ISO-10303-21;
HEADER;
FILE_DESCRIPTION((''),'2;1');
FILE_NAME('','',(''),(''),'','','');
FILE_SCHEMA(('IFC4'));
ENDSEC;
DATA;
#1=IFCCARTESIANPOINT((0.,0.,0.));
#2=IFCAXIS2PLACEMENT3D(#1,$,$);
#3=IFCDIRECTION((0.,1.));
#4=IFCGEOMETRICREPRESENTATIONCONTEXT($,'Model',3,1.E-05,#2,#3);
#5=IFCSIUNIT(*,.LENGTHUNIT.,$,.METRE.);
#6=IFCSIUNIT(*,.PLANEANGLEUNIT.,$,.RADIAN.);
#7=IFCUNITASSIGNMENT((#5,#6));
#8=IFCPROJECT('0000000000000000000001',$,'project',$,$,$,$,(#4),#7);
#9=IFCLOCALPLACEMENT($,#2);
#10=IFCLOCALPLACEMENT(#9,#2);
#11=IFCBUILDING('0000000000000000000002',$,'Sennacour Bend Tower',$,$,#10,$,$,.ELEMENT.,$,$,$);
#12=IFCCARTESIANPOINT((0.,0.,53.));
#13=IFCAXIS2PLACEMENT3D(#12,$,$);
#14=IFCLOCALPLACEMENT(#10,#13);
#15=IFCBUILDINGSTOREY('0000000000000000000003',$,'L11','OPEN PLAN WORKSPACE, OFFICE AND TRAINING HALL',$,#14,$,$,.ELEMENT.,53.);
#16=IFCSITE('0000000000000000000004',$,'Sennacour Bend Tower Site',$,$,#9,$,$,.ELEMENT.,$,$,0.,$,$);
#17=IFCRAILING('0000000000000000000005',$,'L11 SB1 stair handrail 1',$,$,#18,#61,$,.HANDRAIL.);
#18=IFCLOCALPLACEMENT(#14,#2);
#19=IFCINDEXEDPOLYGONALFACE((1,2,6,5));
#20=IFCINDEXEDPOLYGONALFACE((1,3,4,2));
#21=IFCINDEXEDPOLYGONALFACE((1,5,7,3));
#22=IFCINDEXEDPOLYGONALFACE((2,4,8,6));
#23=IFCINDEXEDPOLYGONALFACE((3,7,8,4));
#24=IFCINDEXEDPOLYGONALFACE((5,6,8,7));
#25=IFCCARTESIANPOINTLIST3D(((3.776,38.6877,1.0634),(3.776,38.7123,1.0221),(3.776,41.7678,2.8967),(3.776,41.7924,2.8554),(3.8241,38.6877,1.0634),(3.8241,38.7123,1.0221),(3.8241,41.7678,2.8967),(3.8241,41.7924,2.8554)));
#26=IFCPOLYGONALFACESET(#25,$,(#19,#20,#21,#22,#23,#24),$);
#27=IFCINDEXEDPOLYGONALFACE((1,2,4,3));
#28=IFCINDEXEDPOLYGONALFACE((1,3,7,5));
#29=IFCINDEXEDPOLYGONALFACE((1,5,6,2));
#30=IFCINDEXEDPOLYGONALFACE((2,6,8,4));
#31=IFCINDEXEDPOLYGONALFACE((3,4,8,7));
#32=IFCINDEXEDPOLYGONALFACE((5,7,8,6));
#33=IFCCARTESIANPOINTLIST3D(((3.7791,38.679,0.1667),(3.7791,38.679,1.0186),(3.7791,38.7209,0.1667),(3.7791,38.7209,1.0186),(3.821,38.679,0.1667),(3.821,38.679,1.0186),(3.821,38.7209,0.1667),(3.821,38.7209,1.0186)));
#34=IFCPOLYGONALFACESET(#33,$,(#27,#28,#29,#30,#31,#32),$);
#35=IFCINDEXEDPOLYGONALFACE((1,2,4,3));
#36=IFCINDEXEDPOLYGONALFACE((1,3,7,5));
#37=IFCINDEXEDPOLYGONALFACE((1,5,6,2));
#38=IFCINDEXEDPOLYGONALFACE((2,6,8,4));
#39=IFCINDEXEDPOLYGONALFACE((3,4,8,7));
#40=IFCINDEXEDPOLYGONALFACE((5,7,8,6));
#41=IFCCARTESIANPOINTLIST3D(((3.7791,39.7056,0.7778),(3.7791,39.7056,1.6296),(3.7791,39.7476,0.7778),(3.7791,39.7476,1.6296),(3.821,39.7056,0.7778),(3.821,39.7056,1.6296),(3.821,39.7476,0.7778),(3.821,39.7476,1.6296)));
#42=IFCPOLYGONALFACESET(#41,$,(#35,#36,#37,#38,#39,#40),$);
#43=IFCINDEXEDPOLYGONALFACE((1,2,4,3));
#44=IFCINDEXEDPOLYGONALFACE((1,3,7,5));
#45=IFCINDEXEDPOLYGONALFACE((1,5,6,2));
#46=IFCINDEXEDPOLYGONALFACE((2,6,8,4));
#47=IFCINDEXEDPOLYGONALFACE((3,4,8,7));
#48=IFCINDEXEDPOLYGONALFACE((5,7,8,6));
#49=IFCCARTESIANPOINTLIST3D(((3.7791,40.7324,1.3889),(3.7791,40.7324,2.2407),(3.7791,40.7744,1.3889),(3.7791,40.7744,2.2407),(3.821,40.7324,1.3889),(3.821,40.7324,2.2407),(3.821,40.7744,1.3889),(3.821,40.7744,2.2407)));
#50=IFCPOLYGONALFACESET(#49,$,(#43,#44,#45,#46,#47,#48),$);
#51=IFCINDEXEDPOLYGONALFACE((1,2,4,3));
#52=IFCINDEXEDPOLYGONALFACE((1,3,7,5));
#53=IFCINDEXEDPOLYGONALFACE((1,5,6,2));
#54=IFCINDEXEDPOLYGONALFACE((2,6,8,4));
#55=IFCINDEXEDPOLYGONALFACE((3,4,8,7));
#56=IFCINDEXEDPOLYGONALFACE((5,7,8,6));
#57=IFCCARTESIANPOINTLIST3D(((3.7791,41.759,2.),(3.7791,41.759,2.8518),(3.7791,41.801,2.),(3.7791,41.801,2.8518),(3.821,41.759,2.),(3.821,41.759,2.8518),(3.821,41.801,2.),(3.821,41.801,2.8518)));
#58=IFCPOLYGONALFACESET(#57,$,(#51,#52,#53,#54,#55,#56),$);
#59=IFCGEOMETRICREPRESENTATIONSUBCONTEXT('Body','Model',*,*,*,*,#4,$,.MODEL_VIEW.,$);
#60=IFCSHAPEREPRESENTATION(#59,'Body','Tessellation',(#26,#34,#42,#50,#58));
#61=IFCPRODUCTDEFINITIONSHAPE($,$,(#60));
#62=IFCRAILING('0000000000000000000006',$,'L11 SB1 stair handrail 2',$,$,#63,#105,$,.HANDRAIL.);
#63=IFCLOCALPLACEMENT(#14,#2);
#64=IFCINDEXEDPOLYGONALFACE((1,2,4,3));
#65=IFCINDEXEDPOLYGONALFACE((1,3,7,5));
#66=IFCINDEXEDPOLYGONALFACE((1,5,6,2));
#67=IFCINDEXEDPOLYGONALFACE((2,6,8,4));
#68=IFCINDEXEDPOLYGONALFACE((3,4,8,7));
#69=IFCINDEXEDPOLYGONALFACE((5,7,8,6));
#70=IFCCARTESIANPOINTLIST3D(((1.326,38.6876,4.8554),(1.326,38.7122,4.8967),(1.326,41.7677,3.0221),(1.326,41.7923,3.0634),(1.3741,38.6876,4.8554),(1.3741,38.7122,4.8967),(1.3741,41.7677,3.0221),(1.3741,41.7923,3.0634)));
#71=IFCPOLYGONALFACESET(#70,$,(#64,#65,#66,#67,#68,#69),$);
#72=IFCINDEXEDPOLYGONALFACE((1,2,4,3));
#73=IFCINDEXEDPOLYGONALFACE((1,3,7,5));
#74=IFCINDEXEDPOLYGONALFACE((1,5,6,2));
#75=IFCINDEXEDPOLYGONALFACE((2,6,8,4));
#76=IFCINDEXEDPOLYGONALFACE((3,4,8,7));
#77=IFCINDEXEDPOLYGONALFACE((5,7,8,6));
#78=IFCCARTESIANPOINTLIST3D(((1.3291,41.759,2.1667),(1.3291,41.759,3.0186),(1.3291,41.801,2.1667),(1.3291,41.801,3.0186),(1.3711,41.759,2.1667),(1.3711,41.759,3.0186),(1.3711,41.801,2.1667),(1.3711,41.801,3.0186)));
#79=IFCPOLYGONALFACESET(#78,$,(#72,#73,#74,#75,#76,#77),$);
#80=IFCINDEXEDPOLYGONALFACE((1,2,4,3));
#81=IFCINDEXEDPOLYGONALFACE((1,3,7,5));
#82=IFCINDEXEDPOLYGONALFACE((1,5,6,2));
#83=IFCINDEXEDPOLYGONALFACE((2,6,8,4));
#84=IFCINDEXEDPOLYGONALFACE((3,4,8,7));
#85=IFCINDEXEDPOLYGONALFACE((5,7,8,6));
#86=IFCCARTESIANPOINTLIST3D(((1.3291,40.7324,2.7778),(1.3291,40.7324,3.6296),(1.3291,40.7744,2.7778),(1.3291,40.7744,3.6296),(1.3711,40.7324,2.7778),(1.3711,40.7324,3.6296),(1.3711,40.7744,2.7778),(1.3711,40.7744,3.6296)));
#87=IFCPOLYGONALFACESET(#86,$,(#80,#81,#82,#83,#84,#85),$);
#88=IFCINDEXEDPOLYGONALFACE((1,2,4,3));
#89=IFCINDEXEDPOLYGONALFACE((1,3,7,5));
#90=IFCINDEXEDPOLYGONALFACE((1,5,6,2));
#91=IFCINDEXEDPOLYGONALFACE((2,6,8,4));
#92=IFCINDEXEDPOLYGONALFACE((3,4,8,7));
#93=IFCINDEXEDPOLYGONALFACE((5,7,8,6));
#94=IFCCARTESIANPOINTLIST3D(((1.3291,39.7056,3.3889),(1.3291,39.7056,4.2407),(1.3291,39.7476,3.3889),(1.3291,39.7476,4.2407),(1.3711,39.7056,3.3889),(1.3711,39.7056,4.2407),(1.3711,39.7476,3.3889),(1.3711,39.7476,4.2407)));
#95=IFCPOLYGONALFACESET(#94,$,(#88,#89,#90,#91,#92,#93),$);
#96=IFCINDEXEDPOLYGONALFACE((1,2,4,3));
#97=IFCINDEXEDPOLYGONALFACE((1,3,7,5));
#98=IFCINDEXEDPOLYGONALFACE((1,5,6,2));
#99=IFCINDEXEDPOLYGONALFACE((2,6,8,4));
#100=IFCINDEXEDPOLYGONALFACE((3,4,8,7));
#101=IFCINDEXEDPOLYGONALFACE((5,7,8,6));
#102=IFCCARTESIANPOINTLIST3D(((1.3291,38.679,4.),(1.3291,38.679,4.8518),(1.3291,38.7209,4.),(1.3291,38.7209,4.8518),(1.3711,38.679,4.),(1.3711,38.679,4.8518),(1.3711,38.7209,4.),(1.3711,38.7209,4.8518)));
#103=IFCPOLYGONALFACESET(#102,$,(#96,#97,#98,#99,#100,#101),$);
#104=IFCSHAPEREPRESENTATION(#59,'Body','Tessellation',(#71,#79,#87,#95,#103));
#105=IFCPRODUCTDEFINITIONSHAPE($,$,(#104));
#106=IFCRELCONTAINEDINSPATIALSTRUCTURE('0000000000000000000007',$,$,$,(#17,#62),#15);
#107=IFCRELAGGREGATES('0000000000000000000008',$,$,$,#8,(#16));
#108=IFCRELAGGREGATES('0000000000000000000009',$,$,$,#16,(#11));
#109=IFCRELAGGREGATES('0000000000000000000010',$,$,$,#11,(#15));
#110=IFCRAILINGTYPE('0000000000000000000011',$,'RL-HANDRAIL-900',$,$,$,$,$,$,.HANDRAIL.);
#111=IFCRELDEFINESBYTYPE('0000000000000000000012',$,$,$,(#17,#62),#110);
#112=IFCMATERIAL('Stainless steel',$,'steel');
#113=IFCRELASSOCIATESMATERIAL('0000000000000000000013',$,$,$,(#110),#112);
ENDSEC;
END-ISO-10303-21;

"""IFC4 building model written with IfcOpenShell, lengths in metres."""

from ifc_helpers import new_model, si_unit, direction, frame, origin, origin_2d, place, context, subcontext, project, spatial, rectangle, extrude, material, type_object, element, save


model = new_model("IFC4")

# Units and contexts
model_context = context("Model", 3, precision=1e-05, world=origin(), true_north=direction((0.0, 1.0)))
body_context = subcontext(model_context, "Body", "Model", "MODEL_VIEW")
ifc_project = project(units=[si_unit("LENGTHUNIT", "METRE"), si_unit("PLANEANGLEUNIT", "RADIAN")], contexts=[model_context])

# Site, building, storey
site_placement = place(None, origin())
site = spatial("IfcSite", under=ifc_project, at=site_placement, Name="Sennacour Bend Tower Site", CompositionType="ELEMENT", RefElevation=0.0)
building_placement = place(site_placement, origin())
building = spatial("IfcBuilding", under=site, at=building_placement, Name="Sennacour Bend Tower", CompositionType="ELEMENT")
storey_placement = place(building_placement, frame((0.0, 0.0, 53.0)))
storey = spatial("IfcBuildingStorey", under=building, at=storey_placement, Name="L11", Description="OPEN PLAN WORKSPACE, OFFICE AND TRAINING HALL", CompositionType="ELEMENT", Elevation=53.0)

# Railings
ifc_material_1 = material(Name="Stainless steel", Category="steel")
railing_type_1 = type_object("IfcRailingType", Name="RL-HANDRAIL-900", PredefinedType="HANDRAIL", material=ifc_material_1)
railing_1_placement = place(storey_placement, frame((3.8, 38.7, 0.1667)))
element("IfcRailing", 1, at=railing_1_placement, inside=storey, type_object=railing_type_1, Name="L11 SB1 stair handrail 1", PredefinedType="HANDRAIL", context=body_context, shape_type="SweptSolid", body=[
    extrude(rectangle(XDim=0.0481, YDim=0.0481, at=origin_2d()), frame((0.0, 0.0, 0.876), z_axis=(0.0, 0.859309, 0.511458), x_axis=(-1.0, 0.0, 0.0)), (0.0, 0.0, 1.0), 3.5845),
    extrude(rectangle(XDim=0.042, YDim=0.042, at=origin_2d()), origin(), (0.0, 0.0, 1.0), 0.8518),
    extrude(rectangle(XDim=0.042, YDim=0.042, at=origin_2d()), frame((0.0, 1.0266, 0.6111)), (0.0, 0.0, 1.0), 0.8518),
    extrude(rectangle(XDim=0.042, YDim=0.042, at=origin_2d()), frame((0.0, 2.0535, 1.2222)), (0.0, 0.0, 1.0), 0.8518),
    extrude(rectangle(XDim=0.042, YDim=0.042, at=origin_2d()), frame((0.0, 3.0801, 1.8333)), (0.0, 0.0, 1.0), 0.8518),
])
railing_2_placement = place(storey_placement, frame((1.3501, 41.78, 2.1667)))
element("IfcRailing", 2, at=railing_2_placement, inside=storey, type_object=railing_type_1, Name="L11 SB1 stair handrail 2", PredefinedType="HANDRAIL", context=body_context, shape_type="SweptSolid", body=[
    extrude(rectangle(XDim=0.0481, YDim=0.0481, at=origin_2d()), frame((0.0, 0.0, 0.876), z_axis=(0.0, -0.859309, 0.511458), x_axis=(1.0, 0.0, 0.0)), (0.0, 0.0, 1.0), 3.5845),
    extrude(rectangle(XDim=0.042, YDim=0.042, at=origin_2d()), origin(), (0.0, 0.0, 1.0), 0.8518),
    extrude(rectangle(XDim=0.042, YDim=0.042, at=origin_2d()), frame((0.0, -1.0266, 0.6111)), (0.0, 0.0, 1.0), 0.8518),
    extrude(rectangle(XDim=0.042, YDim=0.042, at=origin_2d()), frame((0.0, -2.0535, 1.2222)), (0.0, 0.0, 1.0), 0.8518),
    extrude(rectangle(XDim=0.042, YDim=0.042, at=origin_2d()), frame((0.0, -3.0801, 1.8333)), (0.0, 0.0, 1.0), 0.8518),
])

save(model, "model.ifc")
